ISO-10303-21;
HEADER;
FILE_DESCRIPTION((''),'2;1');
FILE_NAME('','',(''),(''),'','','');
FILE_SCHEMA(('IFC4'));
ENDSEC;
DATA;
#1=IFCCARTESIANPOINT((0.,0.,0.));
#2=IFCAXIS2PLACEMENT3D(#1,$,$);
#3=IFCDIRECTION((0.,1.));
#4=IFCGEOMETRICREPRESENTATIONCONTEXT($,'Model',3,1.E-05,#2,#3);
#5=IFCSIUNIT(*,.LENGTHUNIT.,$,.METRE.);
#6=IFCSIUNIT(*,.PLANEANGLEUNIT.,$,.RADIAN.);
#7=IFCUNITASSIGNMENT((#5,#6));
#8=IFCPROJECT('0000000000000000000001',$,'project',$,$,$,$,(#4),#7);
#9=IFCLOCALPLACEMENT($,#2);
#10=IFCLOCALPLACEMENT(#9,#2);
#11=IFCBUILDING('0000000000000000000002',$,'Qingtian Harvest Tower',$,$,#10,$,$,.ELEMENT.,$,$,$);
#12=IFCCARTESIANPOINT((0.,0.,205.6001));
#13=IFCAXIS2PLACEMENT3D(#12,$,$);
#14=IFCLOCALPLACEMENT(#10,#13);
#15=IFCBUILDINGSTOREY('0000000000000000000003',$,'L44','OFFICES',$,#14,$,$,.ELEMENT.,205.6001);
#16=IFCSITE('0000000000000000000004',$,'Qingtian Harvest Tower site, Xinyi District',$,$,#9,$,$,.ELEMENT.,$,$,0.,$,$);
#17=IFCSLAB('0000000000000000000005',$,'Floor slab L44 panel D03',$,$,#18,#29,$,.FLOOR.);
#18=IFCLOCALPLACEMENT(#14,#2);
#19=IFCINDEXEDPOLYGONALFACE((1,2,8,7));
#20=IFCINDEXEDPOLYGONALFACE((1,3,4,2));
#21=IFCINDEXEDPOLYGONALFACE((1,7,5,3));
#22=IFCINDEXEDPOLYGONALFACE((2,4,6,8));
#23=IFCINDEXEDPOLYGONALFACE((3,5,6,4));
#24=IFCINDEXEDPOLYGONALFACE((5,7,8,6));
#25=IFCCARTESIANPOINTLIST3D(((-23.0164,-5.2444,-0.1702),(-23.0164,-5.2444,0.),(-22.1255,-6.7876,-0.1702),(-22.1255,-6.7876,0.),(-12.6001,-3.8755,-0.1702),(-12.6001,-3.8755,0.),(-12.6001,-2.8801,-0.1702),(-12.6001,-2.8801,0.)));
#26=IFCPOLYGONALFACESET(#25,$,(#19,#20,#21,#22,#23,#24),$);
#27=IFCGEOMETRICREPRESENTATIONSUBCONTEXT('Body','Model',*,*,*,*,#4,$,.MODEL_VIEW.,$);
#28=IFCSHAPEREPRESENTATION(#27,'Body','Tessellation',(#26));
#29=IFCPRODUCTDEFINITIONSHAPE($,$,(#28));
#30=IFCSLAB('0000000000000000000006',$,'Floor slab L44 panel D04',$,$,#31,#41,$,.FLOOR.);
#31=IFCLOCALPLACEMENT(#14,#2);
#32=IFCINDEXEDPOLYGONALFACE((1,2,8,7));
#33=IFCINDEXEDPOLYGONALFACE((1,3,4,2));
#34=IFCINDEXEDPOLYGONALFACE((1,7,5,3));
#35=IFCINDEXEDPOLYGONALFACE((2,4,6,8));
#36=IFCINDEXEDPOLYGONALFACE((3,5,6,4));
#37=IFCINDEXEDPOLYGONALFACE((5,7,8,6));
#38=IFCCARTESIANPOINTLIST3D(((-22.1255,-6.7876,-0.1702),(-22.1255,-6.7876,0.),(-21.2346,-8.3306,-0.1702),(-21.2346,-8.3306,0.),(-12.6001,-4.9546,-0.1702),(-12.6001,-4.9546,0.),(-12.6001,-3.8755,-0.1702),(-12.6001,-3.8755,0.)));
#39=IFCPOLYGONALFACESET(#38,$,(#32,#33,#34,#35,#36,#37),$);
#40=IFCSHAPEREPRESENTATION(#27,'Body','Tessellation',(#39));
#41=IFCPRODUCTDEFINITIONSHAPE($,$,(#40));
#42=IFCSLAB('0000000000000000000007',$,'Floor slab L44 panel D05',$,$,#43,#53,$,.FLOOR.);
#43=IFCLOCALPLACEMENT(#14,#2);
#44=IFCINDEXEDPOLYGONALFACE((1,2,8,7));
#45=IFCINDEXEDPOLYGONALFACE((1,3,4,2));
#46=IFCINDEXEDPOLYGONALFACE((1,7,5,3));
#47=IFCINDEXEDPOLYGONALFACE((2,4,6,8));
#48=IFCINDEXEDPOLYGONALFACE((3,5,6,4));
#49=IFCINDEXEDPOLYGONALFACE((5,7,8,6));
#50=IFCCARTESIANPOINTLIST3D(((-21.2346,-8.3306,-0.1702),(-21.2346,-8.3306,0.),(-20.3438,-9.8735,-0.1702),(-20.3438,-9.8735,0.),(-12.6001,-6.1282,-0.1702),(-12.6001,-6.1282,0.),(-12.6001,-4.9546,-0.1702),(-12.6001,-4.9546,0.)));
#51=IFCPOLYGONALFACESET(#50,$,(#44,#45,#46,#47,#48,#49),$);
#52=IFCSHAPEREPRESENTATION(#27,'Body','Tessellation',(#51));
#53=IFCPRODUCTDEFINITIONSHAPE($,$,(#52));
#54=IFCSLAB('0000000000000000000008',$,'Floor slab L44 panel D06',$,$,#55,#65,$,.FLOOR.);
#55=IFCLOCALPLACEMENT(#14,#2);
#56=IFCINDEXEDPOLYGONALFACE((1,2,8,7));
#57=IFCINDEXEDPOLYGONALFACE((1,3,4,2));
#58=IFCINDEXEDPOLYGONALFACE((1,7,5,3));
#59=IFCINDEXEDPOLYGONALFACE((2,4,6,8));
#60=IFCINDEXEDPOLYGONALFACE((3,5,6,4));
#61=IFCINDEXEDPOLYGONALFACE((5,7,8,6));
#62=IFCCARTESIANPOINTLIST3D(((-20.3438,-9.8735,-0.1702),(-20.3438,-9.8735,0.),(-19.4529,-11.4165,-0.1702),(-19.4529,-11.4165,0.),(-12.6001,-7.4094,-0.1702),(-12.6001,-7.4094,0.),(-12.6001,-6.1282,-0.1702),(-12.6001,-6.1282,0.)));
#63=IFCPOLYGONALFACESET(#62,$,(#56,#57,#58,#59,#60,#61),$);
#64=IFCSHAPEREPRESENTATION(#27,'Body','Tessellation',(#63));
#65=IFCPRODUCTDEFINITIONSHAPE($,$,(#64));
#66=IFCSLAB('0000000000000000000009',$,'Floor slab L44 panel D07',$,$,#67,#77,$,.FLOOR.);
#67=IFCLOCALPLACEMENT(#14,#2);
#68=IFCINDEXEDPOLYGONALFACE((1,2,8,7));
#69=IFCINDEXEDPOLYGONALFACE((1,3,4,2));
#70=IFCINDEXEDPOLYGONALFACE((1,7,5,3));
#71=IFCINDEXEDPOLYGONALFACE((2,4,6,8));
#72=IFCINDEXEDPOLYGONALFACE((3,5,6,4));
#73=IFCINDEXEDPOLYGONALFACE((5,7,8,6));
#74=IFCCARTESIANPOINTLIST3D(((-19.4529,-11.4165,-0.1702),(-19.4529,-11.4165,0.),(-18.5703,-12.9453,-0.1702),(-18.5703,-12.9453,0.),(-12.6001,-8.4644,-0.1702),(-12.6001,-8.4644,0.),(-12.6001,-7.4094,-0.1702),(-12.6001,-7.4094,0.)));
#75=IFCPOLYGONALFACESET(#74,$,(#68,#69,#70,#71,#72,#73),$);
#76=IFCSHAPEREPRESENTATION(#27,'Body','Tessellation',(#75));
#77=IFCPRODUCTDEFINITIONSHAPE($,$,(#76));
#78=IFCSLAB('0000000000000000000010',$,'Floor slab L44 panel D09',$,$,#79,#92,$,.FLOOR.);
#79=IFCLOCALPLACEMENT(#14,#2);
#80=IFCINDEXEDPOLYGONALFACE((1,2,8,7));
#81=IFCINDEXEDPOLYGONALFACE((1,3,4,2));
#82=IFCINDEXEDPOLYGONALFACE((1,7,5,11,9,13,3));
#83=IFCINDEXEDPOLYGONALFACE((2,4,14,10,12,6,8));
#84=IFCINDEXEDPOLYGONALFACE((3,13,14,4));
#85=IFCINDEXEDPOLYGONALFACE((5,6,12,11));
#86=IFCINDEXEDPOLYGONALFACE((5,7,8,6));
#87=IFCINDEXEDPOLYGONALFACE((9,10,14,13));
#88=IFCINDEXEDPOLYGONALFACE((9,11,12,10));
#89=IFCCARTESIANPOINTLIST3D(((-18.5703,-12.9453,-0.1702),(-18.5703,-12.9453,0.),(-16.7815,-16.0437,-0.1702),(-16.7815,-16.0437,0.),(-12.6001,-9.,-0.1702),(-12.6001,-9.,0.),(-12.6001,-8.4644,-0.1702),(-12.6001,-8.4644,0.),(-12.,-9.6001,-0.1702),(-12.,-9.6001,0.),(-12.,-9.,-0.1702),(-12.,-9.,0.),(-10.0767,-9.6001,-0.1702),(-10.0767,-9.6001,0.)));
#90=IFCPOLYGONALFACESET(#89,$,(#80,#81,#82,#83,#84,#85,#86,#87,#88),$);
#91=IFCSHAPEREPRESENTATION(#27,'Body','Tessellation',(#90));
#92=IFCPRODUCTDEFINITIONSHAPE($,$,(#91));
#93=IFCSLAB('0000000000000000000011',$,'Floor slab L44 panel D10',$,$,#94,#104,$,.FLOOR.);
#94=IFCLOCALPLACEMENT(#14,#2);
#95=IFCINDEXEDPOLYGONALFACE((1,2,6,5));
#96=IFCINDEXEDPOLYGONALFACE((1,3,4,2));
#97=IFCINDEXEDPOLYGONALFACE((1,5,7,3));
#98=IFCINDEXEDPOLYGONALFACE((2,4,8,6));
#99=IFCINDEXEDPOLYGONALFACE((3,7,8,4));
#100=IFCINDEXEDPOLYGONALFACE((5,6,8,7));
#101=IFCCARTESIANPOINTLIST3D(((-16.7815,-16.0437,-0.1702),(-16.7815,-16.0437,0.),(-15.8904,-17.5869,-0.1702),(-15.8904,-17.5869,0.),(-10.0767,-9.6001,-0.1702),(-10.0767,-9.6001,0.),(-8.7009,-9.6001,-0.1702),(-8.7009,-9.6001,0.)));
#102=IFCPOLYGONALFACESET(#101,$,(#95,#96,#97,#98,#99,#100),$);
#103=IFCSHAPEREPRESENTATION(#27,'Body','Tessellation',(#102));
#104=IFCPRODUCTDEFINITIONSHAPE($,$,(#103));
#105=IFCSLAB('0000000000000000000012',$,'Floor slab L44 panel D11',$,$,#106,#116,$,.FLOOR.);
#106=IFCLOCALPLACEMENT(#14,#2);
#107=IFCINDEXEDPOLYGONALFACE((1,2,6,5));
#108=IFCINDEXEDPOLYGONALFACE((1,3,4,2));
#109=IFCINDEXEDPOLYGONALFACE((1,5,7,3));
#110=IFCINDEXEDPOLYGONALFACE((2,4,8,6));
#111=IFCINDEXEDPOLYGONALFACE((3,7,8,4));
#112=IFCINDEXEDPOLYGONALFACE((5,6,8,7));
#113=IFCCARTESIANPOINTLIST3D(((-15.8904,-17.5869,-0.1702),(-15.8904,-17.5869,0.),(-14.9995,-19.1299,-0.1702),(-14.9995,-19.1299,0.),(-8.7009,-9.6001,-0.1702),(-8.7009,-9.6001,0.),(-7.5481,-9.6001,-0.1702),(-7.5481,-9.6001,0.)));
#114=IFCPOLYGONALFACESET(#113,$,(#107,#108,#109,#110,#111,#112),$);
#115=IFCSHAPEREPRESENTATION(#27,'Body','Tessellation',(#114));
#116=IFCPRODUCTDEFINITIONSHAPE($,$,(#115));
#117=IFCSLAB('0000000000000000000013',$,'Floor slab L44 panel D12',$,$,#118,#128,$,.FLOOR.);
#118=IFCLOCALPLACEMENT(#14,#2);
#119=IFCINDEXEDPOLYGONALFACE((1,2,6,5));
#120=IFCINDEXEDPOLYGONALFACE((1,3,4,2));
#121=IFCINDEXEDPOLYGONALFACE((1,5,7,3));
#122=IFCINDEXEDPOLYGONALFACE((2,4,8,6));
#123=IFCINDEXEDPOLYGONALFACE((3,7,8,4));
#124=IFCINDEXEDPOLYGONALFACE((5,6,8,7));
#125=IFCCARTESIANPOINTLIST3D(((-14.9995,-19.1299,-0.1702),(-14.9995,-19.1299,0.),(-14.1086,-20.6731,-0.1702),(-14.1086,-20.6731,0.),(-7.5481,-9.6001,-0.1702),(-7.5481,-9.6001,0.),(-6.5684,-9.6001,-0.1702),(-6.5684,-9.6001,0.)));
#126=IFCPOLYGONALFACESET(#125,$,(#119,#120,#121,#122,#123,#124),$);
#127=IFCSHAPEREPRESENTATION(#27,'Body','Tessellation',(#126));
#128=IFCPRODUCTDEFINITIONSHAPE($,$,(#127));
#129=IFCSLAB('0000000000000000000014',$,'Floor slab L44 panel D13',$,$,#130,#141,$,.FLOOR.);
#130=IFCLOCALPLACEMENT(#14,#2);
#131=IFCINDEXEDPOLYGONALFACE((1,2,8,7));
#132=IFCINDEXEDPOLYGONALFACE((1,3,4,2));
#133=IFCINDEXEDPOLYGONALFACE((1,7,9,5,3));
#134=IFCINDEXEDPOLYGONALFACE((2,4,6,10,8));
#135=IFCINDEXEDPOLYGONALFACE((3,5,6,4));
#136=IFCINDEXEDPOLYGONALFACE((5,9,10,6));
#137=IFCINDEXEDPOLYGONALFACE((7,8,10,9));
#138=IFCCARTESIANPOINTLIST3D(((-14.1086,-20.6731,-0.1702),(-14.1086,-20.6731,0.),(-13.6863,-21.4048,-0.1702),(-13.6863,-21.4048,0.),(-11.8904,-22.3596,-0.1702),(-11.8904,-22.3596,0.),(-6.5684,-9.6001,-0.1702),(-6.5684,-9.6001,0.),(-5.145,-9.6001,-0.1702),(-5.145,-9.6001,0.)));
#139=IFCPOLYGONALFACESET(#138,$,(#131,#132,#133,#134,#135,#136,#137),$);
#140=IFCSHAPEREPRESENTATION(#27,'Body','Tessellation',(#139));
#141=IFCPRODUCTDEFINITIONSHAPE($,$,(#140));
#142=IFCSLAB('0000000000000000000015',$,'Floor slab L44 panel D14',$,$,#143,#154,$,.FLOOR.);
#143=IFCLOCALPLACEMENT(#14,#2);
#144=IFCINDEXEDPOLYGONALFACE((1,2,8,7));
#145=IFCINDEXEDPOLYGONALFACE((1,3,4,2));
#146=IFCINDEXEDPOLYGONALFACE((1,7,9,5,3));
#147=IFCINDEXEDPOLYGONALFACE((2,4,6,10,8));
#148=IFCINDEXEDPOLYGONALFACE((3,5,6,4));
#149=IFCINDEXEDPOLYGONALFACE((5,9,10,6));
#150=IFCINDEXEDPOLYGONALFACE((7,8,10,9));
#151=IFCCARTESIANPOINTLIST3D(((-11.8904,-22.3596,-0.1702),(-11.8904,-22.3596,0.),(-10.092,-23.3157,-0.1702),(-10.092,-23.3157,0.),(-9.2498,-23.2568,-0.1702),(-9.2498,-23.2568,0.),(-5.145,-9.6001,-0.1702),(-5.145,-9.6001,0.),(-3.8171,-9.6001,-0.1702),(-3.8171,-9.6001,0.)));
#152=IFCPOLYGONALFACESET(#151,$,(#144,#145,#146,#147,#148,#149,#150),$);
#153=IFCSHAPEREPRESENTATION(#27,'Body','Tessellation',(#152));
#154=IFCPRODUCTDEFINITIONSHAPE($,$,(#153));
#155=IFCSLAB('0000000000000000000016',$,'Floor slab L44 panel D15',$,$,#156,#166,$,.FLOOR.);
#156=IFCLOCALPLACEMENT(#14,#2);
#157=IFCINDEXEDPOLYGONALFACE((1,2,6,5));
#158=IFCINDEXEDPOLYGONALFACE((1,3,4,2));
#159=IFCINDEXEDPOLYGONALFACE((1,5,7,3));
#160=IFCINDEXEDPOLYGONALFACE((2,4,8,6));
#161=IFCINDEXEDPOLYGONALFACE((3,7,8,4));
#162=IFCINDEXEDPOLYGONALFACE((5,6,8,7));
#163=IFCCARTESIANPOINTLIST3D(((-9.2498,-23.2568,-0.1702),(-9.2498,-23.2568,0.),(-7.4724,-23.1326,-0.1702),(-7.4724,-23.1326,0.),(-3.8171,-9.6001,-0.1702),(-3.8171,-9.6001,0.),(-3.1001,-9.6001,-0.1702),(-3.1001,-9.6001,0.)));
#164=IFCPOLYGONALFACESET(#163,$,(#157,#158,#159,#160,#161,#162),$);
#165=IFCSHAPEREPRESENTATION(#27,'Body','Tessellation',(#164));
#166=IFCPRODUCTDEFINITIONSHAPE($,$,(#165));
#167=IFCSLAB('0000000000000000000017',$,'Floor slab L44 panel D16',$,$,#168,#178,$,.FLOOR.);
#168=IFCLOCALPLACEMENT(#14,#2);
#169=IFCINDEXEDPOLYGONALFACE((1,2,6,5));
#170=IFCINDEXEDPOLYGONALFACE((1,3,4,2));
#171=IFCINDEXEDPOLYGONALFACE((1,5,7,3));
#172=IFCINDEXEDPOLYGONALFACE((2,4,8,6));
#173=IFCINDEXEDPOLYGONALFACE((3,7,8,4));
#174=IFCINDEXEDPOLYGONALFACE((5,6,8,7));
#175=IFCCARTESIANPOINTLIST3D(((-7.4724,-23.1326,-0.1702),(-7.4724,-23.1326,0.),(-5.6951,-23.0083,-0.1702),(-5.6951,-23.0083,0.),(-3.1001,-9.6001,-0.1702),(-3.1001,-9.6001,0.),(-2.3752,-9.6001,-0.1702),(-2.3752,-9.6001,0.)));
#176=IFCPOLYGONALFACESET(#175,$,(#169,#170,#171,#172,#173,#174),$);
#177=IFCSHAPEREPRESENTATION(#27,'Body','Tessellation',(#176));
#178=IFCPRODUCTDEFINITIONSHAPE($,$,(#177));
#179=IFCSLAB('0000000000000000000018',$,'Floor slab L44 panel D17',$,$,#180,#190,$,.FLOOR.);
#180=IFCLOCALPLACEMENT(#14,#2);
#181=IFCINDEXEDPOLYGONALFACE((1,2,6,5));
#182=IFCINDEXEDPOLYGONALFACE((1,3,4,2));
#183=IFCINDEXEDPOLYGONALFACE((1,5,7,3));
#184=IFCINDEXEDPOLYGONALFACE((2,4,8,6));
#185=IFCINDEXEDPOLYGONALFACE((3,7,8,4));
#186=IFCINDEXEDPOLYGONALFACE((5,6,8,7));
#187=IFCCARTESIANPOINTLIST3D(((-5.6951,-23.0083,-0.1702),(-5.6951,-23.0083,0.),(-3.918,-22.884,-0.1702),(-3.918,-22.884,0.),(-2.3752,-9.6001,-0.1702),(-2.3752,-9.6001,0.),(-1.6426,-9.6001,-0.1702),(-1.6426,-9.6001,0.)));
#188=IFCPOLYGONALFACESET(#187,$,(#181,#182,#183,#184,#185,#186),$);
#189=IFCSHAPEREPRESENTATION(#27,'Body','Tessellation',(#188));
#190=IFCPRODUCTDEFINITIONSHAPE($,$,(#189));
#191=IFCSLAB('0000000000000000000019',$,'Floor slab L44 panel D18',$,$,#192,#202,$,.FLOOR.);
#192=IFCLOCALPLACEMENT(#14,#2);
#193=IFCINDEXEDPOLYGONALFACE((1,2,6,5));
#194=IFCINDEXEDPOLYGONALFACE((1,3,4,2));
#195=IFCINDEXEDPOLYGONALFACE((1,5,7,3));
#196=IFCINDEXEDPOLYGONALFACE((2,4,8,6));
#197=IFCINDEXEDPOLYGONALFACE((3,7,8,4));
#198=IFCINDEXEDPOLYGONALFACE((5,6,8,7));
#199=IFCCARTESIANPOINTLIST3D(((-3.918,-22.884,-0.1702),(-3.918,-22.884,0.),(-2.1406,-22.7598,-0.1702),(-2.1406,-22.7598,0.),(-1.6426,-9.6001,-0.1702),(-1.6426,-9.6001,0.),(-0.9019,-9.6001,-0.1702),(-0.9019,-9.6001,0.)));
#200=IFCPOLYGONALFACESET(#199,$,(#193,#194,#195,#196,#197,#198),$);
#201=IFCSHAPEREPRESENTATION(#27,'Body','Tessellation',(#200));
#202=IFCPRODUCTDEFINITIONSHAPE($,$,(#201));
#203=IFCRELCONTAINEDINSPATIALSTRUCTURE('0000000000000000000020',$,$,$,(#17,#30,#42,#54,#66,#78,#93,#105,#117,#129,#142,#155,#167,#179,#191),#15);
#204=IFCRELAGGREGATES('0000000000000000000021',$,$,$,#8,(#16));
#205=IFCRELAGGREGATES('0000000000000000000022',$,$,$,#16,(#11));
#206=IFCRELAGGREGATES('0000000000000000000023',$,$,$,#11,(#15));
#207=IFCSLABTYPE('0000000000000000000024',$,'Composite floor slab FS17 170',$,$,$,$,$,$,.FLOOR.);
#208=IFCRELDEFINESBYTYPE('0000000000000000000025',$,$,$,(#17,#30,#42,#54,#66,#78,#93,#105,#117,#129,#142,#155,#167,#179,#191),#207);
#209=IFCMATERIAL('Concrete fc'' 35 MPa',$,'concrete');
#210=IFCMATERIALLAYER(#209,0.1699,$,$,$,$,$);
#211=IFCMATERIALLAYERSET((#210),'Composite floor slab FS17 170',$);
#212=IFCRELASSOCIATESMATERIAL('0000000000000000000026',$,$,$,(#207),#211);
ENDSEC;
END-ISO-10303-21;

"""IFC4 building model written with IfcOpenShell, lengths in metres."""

from ifc_helpers import new_model, si_unit, direction, frame, origin, place, context, subcontext, project, spatial, polyline, outline, extrude, material, layer, layer_set, type_object, element, save


model = new_model("IFC4")

# Units and contexts
model_context = context("Model", 3, precision=1e-05, world=origin(), true_north=direction((0.0, 1.0)))
body_context = subcontext(model_context, "Body", "Model", "MODEL_VIEW")
ifc_project = project(units=[si_unit("LENGTHUNIT", "METRE"), si_unit("PLANEANGLEUNIT", "RADIAN")], contexts=[model_context])

# Site, building, storey
site_placement = place(None, origin())
site = spatial("IfcSite", under=ifc_project, at=site_placement, Name="Qingtian Harvest Tower site, Xinyi District", CompositionType="ELEMENT", RefElevation=0.0)
building_placement = place(site_placement, origin())
building = spatial("IfcBuilding", under=site, at=building_placement, Name="Qingtian Harvest Tower", CompositionType="ELEMENT")
storey_placement = place(building_placement, frame((0.0, 0.0, 205.6001)))
storey = spatial("IfcBuildingStorey", under=building, at=storey_placement, Name="L44", Description="OFFICES", CompositionType="ELEMENT", Elevation=205.6001)

# Slabs
ifc_material = material(Name="Concrete fc' 35 MPa", Category="concrete")
ifc_layer = layer(ifc_material, 0.1699)
ifc_layer_set = layer_set([ifc_layer], Name="Composite floor slab FS17 170")
slab_type = type_object("IfcSlabType", Name="Composite floor slab FS17 170", PredefinedType="FLOOR", material=ifc_layer_set)
slab_1_placement = place(storey_placement, frame((0.0, 0.0, -0.1702)))
element("IfcSlab", 1, at=slab_1_placement, inside=storey, type_object=slab_type, Name="Floor slab L44 panel D03", PredefinedType="FLOOR", context=body_context, shape_type="SweptSolid", body=[
    extrude(outline(polyline([(-12.6001, -3.8755), (-22.1255, -6.7876), (-23.0164, -5.2444), (-12.6001, -2.8801), (-12.6001, -3.8755)])), origin(), (0.0, 0.0, 1.0), 0.1702),
])
slab_2_placement = place(storey_placement, frame((0.0, 0.0, -0.1702)))
element("IfcSlab", 2, at=slab_2_placement, inside=storey, type_object=slab_type, Name="Floor slab L44 panel D04", PredefinedType="FLOOR", context=body_context, shape_type="SweptSolid", body=[
    extrude(outline(polyline([(-12.6001, -4.9546), (-21.2346, -8.3306), (-22.1255, -6.7876), (-12.6001, -3.8755), (-12.6001, -4.9546)])), origin(), (0.0, 0.0, 1.0), 0.1702),
])
slab_3_placement = place(storey_placement, frame((0.0, 0.0, -0.1702)))
element("IfcSlab", 3, at=slab_3_placement, inside=storey, type_object=slab_type, Name="Floor slab L44 panel D05", PredefinedType="FLOOR", context=body_context, shape_type="SweptSolid", body=[
    extrude(outline(polyline([(-12.6001, -6.1282), (-20.3438, -9.8735), (-21.2346, -8.3306), (-12.6001, -4.9546), (-12.6001, -6.1282)])), origin(), (0.0, 0.0, 1.0), 0.1702),
])
slab_4_placement = place(storey_placement, frame((0.0, 0.0, -0.1702)))
element("IfcSlab", 4, at=slab_4_placement, inside=storey, type_object=slab_type, Name="Floor slab L44 panel D06", PredefinedType="FLOOR", context=body_context, shape_type="SweptSolid", body=[
    extrude(outline(polyline([(-12.6001, -7.4094), (-19.4529, -11.4165), (-20.3438, -9.8735), (-12.6001, -6.1282), (-12.6001, -7.4094)])), origin(), (0.0, 0.0, 1.0), 0.1702),
])
slab_5_placement = place(storey_placement, frame((0.0, 0.0, -0.1702)))
element("IfcSlab", 5, at=slab_5_placement, inside=storey, type_object=slab_type, Name="Floor slab L44 panel D07", PredefinedType="FLOOR", context=body_context, shape_type="SweptSolid", body=[
    extrude(outline(polyline([(-12.6001, -8.4644), (-18.5703, -12.9453), (-19.4529, -11.4165), (-12.6001, -7.4094), (-12.6001, -8.4644)])), origin(), (0.0, 0.0, 1.0), 0.1702),
])
slab_6_placement = place(storey_placement, frame((0.0, 0.0, -0.1702)))
element("IfcSlab", 6, at=slab_6_placement, inside=storey, type_object=slab_type, Name="Floor slab L44 panel D09", PredefinedType="FLOOR", context=body_context, shape_type="SweptSolid", body=[
    extrude(outline(polyline([(-16.7815, -16.0437), (-18.5703, -12.9453), (-12.6001, -8.4644), (-12.6001, -9.0), (-12.0, -9.0), (-12.0, -9.6001), (-10.0767, -9.6001), (-16.7815, -16.0437)])), origin(), (0.0, 0.0, 1.0), 0.1702),
])
slab_7_placement = place(storey_placement, frame((0.0, 0.0, -0.1702)))
element("IfcSlab", 7, at=slab_7_placement, inside=storey, type_object=slab_type, Name="Floor slab L44 panel D10", PredefinedType="FLOOR", context=body_context, shape_type="SweptSolid", body=[
    extrude(outline(polyline([(-8.7009, -9.6001), (-15.8904, -17.5869), (-16.7815, -16.0437), (-10.0767, -9.6001), (-8.7009, -9.6001)])), origin(), (0.0, 0.0, 1.0), 0.1702),
])
slab_8_placement = place(storey_placement, frame((0.0, 0.0, -0.1702)))
element("IfcSlab", 8, at=slab_8_placement, inside=storey, type_object=slab_type, Name="Floor slab L44 panel D11", PredefinedType="FLOOR", context=body_context, shape_type="SweptSolid", body=[
    extrude(outline(polyline([(-7.5481, -9.6001), (-14.9995, -19.1299), (-15.8904, -17.5869), (-8.7009, -9.6001), (-7.5481, -9.6001)])), origin(), (0.0, 0.0, 1.0), 0.1702),
])
slab_9_placement = place(storey_placement, frame((0.0, 0.0, -0.1702)))
element("IfcSlab", 9, at=slab_9_placement, inside=storey, type_object=slab_type, Name="Floor slab L44 panel D12", PredefinedType="FLOOR", context=body_context, shape_type="SweptSolid", body=[
    extrude(outline(polyline([(-6.5684, -9.6001), (-14.1086, -20.6731), (-14.9995, -19.1299), (-7.5481, -9.6001), (-6.5684, -9.6001)])), origin(), (0.0, 0.0, 1.0), 0.1702),
])
slab_10_placement = place(storey_placement, frame((0.0, 0.0, -0.1702)))
element("IfcSlab", 10, at=slab_10_placement, inside=storey, type_object=slab_type, Name="Floor slab L44 panel D13", PredefinedType="FLOOR", context=body_context, shape_type="SweptSolid", body=[
    extrude(outline(polyline([(-6.5684, -9.6001), (-5.145, -9.6001), (-11.8904, -22.3596), (-13.6863, -21.4048), (-14.1086, -20.6731), (-6.5684, -9.6001)])), origin(), (0.0, 0.0, 1.0), 0.1702),
])
slab_11_placement = place(storey_placement, frame((0.0, 0.0, -0.1702)))
element("IfcSlab", 11, at=slab_11_placement, inside=storey, type_object=slab_type, Name="Floor slab L44 panel D14", PredefinedType="FLOOR", context=body_context, shape_type="SweptSolid", body=[
    extrude(outline(polyline([(-5.145, -9.6001), (-3.8171, -9.6001), (-9.2498, -23.2568), (-10.092, -23.3157), (-11.8904, -22.3596), (-5.145, -9.6001)])), origin(), (0.0, 0.0, 1.0), 0.1702),
])
slab_12_placement = place(storey_placement, frame((0.0, 0.0, -0.1702)))
element("IfcSlab", 12, at=slab_12_placement, inside=storey, type_object=slab_type, Name="Floor slab L44 panel D15", PredefinedType="FLOOR", context=body_context, shape_type="SweptSolid", body=[
    extrude(outline(polyline([(-3.1001, -9.6001), (-7.4724, -23.1326), (-9.2498, -23.2568), (-3.8171, -9.6001), (-3.1001, -9.6001)])), origin(), (0.0, 0.0, 1.0), 0.1702),
])
slab_13_placement = place(storey_placement, frame((0.0, 0.0, -0.1702)))
element("IfcSlab", 13, at=slab_13_placement, inside=storey, type_object=slab_type, Name="Floor slab L44 panel D16", PredefinedType="FLOOR", context=body_context, shape_type="SweptSolid", body=[
    extrude(outline(polyline([(-2.3752, -9.6001), (-5.6951, -23.0083), (-7.4724, -23.1326), (-3.1001, -9.6001), (-2.3752, -9.6001)])), origin(), (0.0, 0.0, 1.0), 0.1702),
])
slab_14_placement = place(storey_placement, frame((0.0, 0.0, -0.1702)))
element("IfcSlab", 14, at=slab_14_placement, inside=storey, type_object=slab_type, Name="Floor slab L44 panel D17", PredefinedType="FLOOR", context=body_context, shape_type="SweptSolid", body=[
    extrude(outline(polyline([(-1.6426, -9.6001), (-3.918, -22.884), (-5.6951, -23.0083), (-2.3752, -9.6001), (-1.6426, -9.6001)])), origin(), (0.0, 0.0, 1.0), 0.1702),
])
slab_15_placement = place(storey_placement, frame((0.0, 0.0, -0.1702)))
element("IfcSlab", 15, at=slab_15_placement, inside=storey, type_object=slab_type, Name="Floor slab L44 panel D18", PredefinedType="FLOOR", context=body_context, shape_type="SweptSolid", body=[
    extrude(outline(polyline([(-0.9019, -9.6001), (-2.1406, -22.7598), (-3.918, -22.884), (-1.6426, -9.6001), (-0.9019, -9.6001)])), origin(), (0.0, 0.0, 1.0), 0.1702),
])

save(model, "model.ifc")
